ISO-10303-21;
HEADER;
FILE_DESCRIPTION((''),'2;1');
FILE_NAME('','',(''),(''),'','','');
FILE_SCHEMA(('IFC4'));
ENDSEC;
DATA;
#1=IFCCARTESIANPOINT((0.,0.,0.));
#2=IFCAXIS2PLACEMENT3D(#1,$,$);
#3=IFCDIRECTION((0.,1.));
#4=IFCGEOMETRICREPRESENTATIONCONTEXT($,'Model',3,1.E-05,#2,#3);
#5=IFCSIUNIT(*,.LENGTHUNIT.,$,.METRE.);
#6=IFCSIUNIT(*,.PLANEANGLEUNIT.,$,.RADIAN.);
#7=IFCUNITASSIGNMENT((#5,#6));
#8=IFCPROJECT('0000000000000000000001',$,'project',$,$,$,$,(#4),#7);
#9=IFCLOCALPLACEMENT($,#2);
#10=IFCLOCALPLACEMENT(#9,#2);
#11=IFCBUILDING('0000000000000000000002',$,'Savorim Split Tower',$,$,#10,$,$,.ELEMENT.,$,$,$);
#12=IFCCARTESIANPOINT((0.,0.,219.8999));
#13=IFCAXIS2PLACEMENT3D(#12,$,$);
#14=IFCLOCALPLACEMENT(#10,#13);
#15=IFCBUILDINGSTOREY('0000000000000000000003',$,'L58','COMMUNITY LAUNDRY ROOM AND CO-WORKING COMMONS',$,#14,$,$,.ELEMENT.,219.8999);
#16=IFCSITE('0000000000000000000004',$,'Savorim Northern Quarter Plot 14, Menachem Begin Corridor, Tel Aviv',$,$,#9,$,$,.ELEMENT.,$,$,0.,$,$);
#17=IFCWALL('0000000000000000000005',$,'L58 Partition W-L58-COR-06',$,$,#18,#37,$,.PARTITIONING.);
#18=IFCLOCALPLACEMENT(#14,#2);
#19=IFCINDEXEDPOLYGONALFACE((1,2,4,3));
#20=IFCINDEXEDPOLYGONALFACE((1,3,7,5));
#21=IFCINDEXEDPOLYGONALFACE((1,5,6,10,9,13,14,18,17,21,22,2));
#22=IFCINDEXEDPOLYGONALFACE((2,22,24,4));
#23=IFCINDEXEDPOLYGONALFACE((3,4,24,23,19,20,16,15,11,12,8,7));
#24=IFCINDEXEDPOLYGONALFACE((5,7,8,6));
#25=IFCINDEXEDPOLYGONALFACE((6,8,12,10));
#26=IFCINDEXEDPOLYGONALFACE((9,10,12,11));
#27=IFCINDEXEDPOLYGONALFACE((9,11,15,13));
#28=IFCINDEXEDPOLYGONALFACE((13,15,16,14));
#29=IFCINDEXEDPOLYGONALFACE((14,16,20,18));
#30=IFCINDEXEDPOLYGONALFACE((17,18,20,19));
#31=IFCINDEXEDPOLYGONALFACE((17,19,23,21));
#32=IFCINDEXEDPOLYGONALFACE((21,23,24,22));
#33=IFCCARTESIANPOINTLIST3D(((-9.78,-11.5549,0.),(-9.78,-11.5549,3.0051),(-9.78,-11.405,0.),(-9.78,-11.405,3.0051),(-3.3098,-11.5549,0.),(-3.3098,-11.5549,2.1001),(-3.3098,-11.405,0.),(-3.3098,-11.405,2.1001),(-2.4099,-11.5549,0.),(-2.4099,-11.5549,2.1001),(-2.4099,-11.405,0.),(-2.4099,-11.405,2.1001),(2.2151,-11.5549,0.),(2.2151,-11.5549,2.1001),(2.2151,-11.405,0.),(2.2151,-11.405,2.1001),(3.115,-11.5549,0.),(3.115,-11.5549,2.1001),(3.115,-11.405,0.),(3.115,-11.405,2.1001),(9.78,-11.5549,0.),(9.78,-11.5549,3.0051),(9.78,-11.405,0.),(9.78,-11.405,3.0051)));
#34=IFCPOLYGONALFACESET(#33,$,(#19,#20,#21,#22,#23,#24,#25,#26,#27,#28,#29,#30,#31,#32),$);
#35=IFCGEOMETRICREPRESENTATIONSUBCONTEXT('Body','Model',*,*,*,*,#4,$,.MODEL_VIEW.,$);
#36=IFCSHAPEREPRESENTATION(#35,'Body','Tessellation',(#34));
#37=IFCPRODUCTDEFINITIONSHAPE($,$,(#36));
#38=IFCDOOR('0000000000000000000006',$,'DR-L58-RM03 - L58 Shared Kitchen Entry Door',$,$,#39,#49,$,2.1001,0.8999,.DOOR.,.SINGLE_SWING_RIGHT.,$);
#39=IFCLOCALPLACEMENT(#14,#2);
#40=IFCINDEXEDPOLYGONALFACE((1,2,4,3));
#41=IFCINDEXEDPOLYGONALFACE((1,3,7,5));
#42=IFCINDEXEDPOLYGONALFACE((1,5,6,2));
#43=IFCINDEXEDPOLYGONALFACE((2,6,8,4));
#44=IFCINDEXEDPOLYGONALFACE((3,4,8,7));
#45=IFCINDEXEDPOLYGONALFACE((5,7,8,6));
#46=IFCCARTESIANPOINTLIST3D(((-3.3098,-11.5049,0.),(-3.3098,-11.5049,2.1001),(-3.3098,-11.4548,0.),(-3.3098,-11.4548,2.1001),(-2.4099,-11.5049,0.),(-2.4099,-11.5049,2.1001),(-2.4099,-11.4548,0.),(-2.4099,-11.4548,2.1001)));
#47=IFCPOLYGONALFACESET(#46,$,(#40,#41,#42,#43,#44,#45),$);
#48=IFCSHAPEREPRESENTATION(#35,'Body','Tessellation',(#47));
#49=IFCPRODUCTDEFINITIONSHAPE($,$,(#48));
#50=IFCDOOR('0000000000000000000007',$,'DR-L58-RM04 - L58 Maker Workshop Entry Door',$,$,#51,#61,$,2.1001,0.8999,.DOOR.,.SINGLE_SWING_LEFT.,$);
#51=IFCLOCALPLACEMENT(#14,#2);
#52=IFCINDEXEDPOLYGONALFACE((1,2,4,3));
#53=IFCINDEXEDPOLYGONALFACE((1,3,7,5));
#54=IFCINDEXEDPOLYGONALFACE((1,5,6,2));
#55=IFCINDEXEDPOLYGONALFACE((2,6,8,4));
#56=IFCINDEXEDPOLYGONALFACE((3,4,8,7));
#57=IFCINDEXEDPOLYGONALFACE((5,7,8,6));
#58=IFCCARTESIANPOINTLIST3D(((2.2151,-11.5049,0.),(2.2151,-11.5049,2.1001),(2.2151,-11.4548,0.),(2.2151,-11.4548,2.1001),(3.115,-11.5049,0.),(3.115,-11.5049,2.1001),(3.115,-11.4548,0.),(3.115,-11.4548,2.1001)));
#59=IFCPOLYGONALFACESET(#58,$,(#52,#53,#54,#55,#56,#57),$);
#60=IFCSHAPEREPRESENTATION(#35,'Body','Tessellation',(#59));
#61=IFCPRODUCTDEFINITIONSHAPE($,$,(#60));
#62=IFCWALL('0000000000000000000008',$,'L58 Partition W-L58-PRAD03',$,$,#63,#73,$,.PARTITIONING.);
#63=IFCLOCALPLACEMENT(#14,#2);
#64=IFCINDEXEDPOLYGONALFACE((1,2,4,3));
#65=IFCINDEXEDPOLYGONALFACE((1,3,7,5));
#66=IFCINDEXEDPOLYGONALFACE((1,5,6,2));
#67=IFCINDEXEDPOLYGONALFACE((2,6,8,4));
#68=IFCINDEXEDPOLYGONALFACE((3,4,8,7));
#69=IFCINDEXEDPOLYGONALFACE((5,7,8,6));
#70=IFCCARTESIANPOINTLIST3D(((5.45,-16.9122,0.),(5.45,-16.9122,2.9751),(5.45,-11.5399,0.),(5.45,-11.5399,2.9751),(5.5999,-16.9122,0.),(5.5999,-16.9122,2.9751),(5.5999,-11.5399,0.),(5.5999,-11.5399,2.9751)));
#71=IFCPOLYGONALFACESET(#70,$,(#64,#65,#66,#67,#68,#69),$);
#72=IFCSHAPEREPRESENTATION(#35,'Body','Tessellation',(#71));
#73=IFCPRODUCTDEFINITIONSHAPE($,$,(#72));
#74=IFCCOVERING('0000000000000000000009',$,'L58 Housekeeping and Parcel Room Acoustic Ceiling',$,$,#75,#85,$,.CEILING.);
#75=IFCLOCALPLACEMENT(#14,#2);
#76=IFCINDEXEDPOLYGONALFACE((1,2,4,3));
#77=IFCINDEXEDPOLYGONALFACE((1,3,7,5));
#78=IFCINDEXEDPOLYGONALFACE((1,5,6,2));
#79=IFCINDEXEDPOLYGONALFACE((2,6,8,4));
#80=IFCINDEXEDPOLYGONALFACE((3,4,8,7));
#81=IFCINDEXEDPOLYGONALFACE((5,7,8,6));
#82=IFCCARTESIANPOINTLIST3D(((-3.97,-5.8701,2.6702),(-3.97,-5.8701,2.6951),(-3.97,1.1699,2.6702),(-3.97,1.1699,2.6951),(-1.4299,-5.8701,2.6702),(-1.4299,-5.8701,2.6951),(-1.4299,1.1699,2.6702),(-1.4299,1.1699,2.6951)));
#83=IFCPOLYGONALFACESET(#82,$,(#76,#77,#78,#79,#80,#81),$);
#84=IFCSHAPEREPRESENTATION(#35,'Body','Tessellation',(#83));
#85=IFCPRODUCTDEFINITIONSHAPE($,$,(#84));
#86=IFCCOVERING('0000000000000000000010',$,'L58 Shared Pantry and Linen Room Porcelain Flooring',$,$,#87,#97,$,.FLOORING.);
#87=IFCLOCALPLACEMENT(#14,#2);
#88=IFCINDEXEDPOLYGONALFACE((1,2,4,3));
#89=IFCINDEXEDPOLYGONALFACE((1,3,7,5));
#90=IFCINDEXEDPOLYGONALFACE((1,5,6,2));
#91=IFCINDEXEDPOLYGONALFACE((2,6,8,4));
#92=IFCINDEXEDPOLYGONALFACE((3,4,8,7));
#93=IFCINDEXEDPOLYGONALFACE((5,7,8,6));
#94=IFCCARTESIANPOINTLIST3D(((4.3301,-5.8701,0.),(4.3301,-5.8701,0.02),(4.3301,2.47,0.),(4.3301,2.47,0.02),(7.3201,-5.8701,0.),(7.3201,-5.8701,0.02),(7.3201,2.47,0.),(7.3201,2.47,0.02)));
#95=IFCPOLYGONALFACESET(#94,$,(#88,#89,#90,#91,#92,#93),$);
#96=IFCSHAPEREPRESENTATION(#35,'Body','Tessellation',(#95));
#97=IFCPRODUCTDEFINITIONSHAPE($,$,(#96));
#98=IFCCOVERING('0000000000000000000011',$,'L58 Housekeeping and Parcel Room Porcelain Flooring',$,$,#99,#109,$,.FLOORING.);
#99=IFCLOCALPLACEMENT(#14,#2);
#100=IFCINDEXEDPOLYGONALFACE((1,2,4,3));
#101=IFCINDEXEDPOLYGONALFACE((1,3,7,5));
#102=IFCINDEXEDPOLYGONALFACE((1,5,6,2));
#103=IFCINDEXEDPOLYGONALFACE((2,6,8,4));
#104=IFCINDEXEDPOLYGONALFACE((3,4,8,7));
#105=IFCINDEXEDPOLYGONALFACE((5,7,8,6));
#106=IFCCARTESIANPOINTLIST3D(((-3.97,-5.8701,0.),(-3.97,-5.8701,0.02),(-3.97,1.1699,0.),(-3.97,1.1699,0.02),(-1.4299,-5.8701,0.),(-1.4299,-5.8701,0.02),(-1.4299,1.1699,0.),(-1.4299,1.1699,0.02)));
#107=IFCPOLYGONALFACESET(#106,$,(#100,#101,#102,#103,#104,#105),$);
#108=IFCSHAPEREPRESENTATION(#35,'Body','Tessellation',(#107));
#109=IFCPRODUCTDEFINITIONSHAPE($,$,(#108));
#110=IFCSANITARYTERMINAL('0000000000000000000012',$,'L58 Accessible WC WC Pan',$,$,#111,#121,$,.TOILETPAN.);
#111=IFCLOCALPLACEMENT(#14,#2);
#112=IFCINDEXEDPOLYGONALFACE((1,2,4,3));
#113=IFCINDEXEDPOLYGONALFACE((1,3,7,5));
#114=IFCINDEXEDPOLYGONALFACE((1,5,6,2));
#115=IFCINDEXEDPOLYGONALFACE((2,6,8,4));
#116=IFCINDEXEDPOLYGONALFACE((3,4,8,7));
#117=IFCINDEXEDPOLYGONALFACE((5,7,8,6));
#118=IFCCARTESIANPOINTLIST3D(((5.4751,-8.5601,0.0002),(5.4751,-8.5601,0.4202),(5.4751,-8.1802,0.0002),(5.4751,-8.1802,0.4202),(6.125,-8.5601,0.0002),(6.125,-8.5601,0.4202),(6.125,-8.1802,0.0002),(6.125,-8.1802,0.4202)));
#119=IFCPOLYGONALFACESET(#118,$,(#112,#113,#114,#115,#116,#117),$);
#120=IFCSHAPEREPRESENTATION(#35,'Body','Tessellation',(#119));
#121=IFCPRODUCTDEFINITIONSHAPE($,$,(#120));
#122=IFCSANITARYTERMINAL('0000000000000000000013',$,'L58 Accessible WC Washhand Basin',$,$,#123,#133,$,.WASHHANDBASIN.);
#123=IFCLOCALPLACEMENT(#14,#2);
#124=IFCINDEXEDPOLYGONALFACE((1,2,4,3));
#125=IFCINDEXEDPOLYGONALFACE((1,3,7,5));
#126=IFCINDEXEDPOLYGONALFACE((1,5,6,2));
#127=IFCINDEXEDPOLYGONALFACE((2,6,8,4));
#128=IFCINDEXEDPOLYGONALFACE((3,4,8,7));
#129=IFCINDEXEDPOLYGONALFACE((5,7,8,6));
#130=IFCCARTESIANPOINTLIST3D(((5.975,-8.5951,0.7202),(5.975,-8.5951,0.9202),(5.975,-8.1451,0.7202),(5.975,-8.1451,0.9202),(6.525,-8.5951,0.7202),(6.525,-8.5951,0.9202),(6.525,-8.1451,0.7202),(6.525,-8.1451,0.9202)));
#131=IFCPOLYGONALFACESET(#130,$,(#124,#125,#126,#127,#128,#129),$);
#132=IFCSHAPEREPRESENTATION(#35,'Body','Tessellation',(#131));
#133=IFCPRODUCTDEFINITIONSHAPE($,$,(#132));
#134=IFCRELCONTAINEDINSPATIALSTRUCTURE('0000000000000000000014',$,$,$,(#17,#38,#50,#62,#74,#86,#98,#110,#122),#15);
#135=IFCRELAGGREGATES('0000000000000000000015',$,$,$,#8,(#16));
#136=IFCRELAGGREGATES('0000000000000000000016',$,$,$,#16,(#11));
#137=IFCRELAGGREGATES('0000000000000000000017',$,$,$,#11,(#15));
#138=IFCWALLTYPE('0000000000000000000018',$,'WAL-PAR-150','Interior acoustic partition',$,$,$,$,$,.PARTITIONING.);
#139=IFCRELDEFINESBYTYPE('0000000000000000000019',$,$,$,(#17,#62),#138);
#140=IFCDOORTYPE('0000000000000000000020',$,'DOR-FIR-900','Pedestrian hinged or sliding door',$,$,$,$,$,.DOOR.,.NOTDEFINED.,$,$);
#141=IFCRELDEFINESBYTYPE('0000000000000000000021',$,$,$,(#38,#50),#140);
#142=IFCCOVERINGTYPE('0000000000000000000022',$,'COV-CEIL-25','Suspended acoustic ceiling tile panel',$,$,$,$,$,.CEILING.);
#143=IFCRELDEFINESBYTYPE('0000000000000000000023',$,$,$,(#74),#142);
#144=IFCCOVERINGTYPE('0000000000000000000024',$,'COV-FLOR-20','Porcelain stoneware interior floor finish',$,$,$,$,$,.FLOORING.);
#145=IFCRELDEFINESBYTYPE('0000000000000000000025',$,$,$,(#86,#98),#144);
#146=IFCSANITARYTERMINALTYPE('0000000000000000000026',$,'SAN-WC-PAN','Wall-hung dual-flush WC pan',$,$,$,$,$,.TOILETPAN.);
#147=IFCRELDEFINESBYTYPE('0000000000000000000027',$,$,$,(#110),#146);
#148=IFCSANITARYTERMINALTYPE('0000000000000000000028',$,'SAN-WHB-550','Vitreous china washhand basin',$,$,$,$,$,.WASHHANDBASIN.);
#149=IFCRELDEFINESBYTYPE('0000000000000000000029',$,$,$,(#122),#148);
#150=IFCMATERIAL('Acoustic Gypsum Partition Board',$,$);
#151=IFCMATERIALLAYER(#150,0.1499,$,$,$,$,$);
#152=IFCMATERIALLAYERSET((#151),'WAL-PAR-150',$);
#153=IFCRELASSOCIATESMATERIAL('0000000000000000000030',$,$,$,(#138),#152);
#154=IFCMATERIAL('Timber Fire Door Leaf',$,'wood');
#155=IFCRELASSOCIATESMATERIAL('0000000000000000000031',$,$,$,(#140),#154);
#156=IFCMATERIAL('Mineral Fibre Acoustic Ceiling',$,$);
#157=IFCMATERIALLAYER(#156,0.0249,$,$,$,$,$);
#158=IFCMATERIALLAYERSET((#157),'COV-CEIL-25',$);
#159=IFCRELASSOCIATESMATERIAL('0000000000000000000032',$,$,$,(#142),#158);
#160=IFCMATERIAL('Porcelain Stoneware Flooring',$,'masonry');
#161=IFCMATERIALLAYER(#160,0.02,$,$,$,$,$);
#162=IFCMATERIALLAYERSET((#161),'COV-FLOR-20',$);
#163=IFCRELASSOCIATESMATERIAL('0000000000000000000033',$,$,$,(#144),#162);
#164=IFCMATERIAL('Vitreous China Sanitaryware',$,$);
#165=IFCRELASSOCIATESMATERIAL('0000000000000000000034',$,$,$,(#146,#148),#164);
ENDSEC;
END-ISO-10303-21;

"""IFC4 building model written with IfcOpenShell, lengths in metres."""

from ifc_helpers import new_model, si_unit, direction, frame, frame_2d, origin, origin_2d, place, context, subcontext, project, spatial, polyline, rectangle, outline, extrude, material, layer, layer_set, type_object, element, fill, save


model = new_model("IFC4")

# Units and contexts
model_context = context("Model", 3, precision=1e-05, world=origin(), true_north=direction((0.0, 1.0)))
body_context = subcontext(model_context, "Body", "Model", "MODEL_VIEW")
ifc_project = project(units=[si_unit("LENGTHUNIT", "METRE"), si_unit("PLANEANGLEUNIT", "RADIAN")], contexts=[model_context])

# Site, building, storey
site_placement = place(None, origin())
site = spatial("IfcSite", under=ifc_project, at=site_placement, Name="Savorim Northern Quarter Plot 14, Menachem Begin Corridor, Tel Aviv", CompositionType="ELEMENT", RefElevation=0.0)
building_placement = place(site_placement, origin())
building = spatial("IfcBuilding", under=site, at=building_placement, Name="Savorim Split Tower", CompositionType="ELEMENT")
storey_placement = place(building_placement, frame((0.0, 0.0, 219.8999)))
storey = spatial("IfcBuildingStorey", under=building, at=storey_placement, Name="L58", Description="COMMUNITY LAUNDRY ROOM AND CO-WORKING COMMONS", CompositionType="ELEMENT", Elevation=219.8999)

# Shared definitions
ifc_material_1 = material(Name="Timber Fire Door Leaf", Category="wood")

# Shared definitions
ifc_material_2 = material(Name="Acoustic Gypsum Partition Board")
ifc_layer_1 = layer(ifc_material_2, 0.1499)
ifc_layer_set_1 = layer_set([ifc_layer_1], Name="WAL-PAR-150")
wall_type_1 = type_object("IfcWallType", Name="WAL-PAR-150", Description="Interior acoustic partition", PredefinedType="PARTITIONING", material=ifc_layer_set_1)
door_type_1 = type_object("IfcDoorType", Name="DOR-FIR-900", Description="Pedestrian hinged or sliding door", OperationType="NOTDEFINED", PredefinedType="DOOR", material=ifc_material_1)

# Wall, openings, doors
wall_1_placement = place(storey_placement, frame((9.78, -11.48, 0.0), z_axis=(0.0, 0.0, 1.0), x_axis=(-1.0, 0.0, 0.0)))
wall_1 = element("IfcWall", 1, at=wall_1_placement, inside=storey, type_object=wall_type_1, Name="L58 Partition W-L58-COR-06", PredefinedType="PARTITIONING", context=body_context, shape_type="SweptSolid", body=[
    extrude(rectangle(XDim=19.5601, YDim=0.1499, at=frame_2d((9.78, 0.0))), origin(), (0.0, 0.0, 1.0), 3.0051),
])
opening_1_placement = place(wall_1_placement, frame((12.1899, 0.0, 0.0)))
opening_1 = element("IfcOpeningElement", 2, at=opening_1_placement, cuts=wall_1, PredefinedType="OPENING", context=body_context, shape_type="SweptSolid", body=[
    extrude(rectangle(XDim=0.8999, YDim=2.1001, at=frame_2d((0.45, 1.05))), frame((0.0, 0.085, 0.0), z_axis=(0.0, -1.0, 0.0), x_axis=(1.0, 0.0, 0.0)), (0.0, 0.0, 1.0), 0.1699),
])
opening_2_placement = place(wall_1_placement, frame((6.665, 0.0, 0.0)))
opening_2 = element("IfcOpeningElement", 3, at=opening_2_placement, cuts=wall_1, PredefinedType="OPENING", context=body_context, shape_type="SweptSolid", body=[
    extrude(rectangle(XDim=0.8999, YDim=2.1001, at=frame_2d((0.45, 1.05))), frame((0.0, 0.085, 0.0), z_axis=(0.0, -1.0, 0.0), x_axis=(1.0, 0.0, 0.0)), (0.0, 0.0, 1.0), 0.1699),
])
door_1_placement = place(opening_1_placement, origin())
door_1 = element("IfcDoor", 4, at=door_1_placement, inside=storey, type_object=door_type_1, Name="DR-L58-RM03 - L58 Shared Kitchen Entry Door", OperationType="SINGLE_SWING_RIGHT", OverallHeight=2.1001, OverallWidth=0.8999, PredefinedType="DOOR", context=body_context, shape_type="SweptSolid", body=[
    extrude(rectangle(XDim=0.8999, YDim=2.1001, at=frame_2d((0.45, 1.05))), frame((0.0, 0.0249, 0.0), z_axis=(0.0, -1.0, 0.0), x_axis=(1.0, 0.0, 0.0)), (0.0, 0.0, 1.0), 0.05),
])
fill(opening_1, door_1)
door_2_placement = place(opening_2_placement, origin())
door_2 = element("IfcDoor", 5, at=door_2_placement, inside=storey, type_object=door_type_1, Name="DR-L58-RM04 - L58 Maker Workshop Entry Door", OperationType="SINGLE_SWING_LEFT", OverallHeight=2.1001, OverallWidth=0.8999, PredefinedType="DOOR", context=body_context, shape_type="SweptSolid", body=[
    extrude(rectangle(XDim=0.8999, YDim=2.1001, at=frame_2d((0.45, 1.05))), frame((0.0, 0.0249, 0.0), z_axis=(0.0, -1.0, 0.0), x_axis=(1.0, 0.0, 0.0)), (0.0, 0.0, 1.0), 0.05),
])
fill(opening_2, door_2)

# Wall
wall_2_placement = place(storey_placement, frame((5.5249, -11.54, 0.0), z_axis=(0.0, 0.0, 1.0), x_axis=(0.0, -1.0, 0.0)))
element("IfcWall", 6, at=wall_2_placement, inside=storey, type_object=wall_type_1, Name="L58 Partition W-L58-PRAD03", PredefinedType="PARTITIONING", context=body_context, shape_type="SweptSolid", body=[
    extrude(rectangle(XDim=5.3723, YDim=0.1499, at=frame_2d((2.686, 0.0))), origin(), (0.0, 0.0, 1.0), 2.9751),
])

# Coverings
ifc_material_3 = material(Name="Mineral Fibre Acoustic Ceiling")
ifc_layer_2 = layer(ifc_material_3, 0.0249)
ifc_layer_set_2 = layer_set([ifc_layer_2], Name="COV-CEIL-25")
covering_type_1 = type_object("IfcCoveringType", Name="COV-CEIL-25", Description="Suspended acoustic ceiling tile panel", PredefinedType="CEILING", material=ifc_layer_set_2)
covering_1_placement = place(storey_placement, frame((0.0, 0.0, 2.6702)))
element("IfcCovering", 7, at=covering_1_placement, inside=storey, type_object=covering_type_1, Name="L58 Housekeeping and Parcel Room Acoustic Ceiling", PredefinedType="CEILING", context=body_context, shape_type="SweptSolid", body=[
    extrude(outline(polyline([(-3.97, 1.1699), (-3.97, -5.8701), (-1.4299, -5.8701), (-1.4299, 1.1699), (-3.97, 1.1699)])), origin(), (0.0, 0.0, 1.0), 0.0249),
])
ifc_material_4 = material(Name="Porcelain Stoneware Flooring", Category="masonry")
ifc_layer_3 = layer(ifc_material_4, 0.02)
ifc_layer_set_3 = layer_set([ifc_layer_3], Name="COV-FLOR-20")
covering_type_2 = type_object("IfcCoveringType", Name="COV-FLOR-20", Description="Porcelain stoneware interior floor finish", PredefinedType="FLOORING", material=ifc_layer_set_3)
covering_2_placement = place(storey_placement, origin())
element("IfcCovering", 8, at=covering_2_placement, inside=storey, type_object=covering_type_2, Name="L58 Shared Pantry and Linen Room Porcelain Flooring", PredefinedType="FLOORING", context=body_context, shape_type="SweptSolid", body=[
    extrude(outline(polyline([(4.3301, 2.47), (4.3301, -5.8701), (7.3201, -5.8701), (7.3201, 2.47), (4.3301, 2.47)])), origin(), (0.0, 0.0, 1.0), 0.02),
])
covering_3_placement = place(storey_placement, origin())
element("IfcCovering", 9, at=covering_3_placement, inside=storey, type_object=covering_type_2, Name="L58 Housekeeping and Parcel Room Porcelain Flooring", PredefinedType="FLOORING", context=body_context, shape_type="SweptSolid", body=[
    extrude(outline(polyline([(-3.97, 1.1699), (-3.97, -5.8701), (-1.4299, -5.8701), (-1.4299, 1.1699), (-3.97, 1.1699)])), origin(), (0.0, 0.0, 1.0), 0.02),
])

# Sanitary terminals
ifc_material_5 = material(Name="Vitreous China Sanitaryware")
sanitary_terminal_type_1 = type_object("IfcSanitaryTerminalType", Name="SAN-WC-PAN", Description="Wall-hung dual-flush WC pan", PredefinedType="TOILETPAN", material=ifc_material_5)
sanitary_terminal_1_placement = place(storey_placement, frame((5.8, -8.3701, 0.0002), z_axis=(0.0, 0.0, 1.0), x_axis=(1.0, 0.0, 0.0)))
element("IfcSanitaryTerminal", 10, at=sanitary_terminal_1_placement, inside=storey, type_object=sanitary_terminal_type_1, Name="L58 Accessible WC WC Pan", PredefinedType="TOILETPAN", context=body_context, shape_type="SweptSolid", body=[
    extrude(rectangle(XDim=0.6499, YDim=0.3799, at=origin_2d()), origin(), (0.0, 0.0, 1.0), 0.4199),
])
sanitary_terminal_type_2 = type_object("IfcSanitaryTerminalType", Name="SAN-WHB-550", Description="Vitreous china washhand basin", PredefinedType="WASHHANDBASIN", material=ifc_material_5)
sanitary_terminal_2_placement = place(storey_placement, frame((6.25, -8.3701, 0.7202), z_axis=(0.0, 0.0, 1.0), x_axis=(1.0, 0.0, 0.0)))
element("IfcSanitaryTerminal", 11, at=sanitary_terminal_2_placement, inside=storey, type_object=sanitary_terminal_type_2, Name="L58 Accessible WC Washhand Basin", PredefinedType="WASHHANDBASIN", context=body_context, shape_type="SweptSolid", body=[
    extrude(rectangle(XDim=0.55, YDim=0.45, at=origin_2d()), origin(), (0.0, 0.0, 1.0), 0.2),
])

save(model, "model.ifc")
